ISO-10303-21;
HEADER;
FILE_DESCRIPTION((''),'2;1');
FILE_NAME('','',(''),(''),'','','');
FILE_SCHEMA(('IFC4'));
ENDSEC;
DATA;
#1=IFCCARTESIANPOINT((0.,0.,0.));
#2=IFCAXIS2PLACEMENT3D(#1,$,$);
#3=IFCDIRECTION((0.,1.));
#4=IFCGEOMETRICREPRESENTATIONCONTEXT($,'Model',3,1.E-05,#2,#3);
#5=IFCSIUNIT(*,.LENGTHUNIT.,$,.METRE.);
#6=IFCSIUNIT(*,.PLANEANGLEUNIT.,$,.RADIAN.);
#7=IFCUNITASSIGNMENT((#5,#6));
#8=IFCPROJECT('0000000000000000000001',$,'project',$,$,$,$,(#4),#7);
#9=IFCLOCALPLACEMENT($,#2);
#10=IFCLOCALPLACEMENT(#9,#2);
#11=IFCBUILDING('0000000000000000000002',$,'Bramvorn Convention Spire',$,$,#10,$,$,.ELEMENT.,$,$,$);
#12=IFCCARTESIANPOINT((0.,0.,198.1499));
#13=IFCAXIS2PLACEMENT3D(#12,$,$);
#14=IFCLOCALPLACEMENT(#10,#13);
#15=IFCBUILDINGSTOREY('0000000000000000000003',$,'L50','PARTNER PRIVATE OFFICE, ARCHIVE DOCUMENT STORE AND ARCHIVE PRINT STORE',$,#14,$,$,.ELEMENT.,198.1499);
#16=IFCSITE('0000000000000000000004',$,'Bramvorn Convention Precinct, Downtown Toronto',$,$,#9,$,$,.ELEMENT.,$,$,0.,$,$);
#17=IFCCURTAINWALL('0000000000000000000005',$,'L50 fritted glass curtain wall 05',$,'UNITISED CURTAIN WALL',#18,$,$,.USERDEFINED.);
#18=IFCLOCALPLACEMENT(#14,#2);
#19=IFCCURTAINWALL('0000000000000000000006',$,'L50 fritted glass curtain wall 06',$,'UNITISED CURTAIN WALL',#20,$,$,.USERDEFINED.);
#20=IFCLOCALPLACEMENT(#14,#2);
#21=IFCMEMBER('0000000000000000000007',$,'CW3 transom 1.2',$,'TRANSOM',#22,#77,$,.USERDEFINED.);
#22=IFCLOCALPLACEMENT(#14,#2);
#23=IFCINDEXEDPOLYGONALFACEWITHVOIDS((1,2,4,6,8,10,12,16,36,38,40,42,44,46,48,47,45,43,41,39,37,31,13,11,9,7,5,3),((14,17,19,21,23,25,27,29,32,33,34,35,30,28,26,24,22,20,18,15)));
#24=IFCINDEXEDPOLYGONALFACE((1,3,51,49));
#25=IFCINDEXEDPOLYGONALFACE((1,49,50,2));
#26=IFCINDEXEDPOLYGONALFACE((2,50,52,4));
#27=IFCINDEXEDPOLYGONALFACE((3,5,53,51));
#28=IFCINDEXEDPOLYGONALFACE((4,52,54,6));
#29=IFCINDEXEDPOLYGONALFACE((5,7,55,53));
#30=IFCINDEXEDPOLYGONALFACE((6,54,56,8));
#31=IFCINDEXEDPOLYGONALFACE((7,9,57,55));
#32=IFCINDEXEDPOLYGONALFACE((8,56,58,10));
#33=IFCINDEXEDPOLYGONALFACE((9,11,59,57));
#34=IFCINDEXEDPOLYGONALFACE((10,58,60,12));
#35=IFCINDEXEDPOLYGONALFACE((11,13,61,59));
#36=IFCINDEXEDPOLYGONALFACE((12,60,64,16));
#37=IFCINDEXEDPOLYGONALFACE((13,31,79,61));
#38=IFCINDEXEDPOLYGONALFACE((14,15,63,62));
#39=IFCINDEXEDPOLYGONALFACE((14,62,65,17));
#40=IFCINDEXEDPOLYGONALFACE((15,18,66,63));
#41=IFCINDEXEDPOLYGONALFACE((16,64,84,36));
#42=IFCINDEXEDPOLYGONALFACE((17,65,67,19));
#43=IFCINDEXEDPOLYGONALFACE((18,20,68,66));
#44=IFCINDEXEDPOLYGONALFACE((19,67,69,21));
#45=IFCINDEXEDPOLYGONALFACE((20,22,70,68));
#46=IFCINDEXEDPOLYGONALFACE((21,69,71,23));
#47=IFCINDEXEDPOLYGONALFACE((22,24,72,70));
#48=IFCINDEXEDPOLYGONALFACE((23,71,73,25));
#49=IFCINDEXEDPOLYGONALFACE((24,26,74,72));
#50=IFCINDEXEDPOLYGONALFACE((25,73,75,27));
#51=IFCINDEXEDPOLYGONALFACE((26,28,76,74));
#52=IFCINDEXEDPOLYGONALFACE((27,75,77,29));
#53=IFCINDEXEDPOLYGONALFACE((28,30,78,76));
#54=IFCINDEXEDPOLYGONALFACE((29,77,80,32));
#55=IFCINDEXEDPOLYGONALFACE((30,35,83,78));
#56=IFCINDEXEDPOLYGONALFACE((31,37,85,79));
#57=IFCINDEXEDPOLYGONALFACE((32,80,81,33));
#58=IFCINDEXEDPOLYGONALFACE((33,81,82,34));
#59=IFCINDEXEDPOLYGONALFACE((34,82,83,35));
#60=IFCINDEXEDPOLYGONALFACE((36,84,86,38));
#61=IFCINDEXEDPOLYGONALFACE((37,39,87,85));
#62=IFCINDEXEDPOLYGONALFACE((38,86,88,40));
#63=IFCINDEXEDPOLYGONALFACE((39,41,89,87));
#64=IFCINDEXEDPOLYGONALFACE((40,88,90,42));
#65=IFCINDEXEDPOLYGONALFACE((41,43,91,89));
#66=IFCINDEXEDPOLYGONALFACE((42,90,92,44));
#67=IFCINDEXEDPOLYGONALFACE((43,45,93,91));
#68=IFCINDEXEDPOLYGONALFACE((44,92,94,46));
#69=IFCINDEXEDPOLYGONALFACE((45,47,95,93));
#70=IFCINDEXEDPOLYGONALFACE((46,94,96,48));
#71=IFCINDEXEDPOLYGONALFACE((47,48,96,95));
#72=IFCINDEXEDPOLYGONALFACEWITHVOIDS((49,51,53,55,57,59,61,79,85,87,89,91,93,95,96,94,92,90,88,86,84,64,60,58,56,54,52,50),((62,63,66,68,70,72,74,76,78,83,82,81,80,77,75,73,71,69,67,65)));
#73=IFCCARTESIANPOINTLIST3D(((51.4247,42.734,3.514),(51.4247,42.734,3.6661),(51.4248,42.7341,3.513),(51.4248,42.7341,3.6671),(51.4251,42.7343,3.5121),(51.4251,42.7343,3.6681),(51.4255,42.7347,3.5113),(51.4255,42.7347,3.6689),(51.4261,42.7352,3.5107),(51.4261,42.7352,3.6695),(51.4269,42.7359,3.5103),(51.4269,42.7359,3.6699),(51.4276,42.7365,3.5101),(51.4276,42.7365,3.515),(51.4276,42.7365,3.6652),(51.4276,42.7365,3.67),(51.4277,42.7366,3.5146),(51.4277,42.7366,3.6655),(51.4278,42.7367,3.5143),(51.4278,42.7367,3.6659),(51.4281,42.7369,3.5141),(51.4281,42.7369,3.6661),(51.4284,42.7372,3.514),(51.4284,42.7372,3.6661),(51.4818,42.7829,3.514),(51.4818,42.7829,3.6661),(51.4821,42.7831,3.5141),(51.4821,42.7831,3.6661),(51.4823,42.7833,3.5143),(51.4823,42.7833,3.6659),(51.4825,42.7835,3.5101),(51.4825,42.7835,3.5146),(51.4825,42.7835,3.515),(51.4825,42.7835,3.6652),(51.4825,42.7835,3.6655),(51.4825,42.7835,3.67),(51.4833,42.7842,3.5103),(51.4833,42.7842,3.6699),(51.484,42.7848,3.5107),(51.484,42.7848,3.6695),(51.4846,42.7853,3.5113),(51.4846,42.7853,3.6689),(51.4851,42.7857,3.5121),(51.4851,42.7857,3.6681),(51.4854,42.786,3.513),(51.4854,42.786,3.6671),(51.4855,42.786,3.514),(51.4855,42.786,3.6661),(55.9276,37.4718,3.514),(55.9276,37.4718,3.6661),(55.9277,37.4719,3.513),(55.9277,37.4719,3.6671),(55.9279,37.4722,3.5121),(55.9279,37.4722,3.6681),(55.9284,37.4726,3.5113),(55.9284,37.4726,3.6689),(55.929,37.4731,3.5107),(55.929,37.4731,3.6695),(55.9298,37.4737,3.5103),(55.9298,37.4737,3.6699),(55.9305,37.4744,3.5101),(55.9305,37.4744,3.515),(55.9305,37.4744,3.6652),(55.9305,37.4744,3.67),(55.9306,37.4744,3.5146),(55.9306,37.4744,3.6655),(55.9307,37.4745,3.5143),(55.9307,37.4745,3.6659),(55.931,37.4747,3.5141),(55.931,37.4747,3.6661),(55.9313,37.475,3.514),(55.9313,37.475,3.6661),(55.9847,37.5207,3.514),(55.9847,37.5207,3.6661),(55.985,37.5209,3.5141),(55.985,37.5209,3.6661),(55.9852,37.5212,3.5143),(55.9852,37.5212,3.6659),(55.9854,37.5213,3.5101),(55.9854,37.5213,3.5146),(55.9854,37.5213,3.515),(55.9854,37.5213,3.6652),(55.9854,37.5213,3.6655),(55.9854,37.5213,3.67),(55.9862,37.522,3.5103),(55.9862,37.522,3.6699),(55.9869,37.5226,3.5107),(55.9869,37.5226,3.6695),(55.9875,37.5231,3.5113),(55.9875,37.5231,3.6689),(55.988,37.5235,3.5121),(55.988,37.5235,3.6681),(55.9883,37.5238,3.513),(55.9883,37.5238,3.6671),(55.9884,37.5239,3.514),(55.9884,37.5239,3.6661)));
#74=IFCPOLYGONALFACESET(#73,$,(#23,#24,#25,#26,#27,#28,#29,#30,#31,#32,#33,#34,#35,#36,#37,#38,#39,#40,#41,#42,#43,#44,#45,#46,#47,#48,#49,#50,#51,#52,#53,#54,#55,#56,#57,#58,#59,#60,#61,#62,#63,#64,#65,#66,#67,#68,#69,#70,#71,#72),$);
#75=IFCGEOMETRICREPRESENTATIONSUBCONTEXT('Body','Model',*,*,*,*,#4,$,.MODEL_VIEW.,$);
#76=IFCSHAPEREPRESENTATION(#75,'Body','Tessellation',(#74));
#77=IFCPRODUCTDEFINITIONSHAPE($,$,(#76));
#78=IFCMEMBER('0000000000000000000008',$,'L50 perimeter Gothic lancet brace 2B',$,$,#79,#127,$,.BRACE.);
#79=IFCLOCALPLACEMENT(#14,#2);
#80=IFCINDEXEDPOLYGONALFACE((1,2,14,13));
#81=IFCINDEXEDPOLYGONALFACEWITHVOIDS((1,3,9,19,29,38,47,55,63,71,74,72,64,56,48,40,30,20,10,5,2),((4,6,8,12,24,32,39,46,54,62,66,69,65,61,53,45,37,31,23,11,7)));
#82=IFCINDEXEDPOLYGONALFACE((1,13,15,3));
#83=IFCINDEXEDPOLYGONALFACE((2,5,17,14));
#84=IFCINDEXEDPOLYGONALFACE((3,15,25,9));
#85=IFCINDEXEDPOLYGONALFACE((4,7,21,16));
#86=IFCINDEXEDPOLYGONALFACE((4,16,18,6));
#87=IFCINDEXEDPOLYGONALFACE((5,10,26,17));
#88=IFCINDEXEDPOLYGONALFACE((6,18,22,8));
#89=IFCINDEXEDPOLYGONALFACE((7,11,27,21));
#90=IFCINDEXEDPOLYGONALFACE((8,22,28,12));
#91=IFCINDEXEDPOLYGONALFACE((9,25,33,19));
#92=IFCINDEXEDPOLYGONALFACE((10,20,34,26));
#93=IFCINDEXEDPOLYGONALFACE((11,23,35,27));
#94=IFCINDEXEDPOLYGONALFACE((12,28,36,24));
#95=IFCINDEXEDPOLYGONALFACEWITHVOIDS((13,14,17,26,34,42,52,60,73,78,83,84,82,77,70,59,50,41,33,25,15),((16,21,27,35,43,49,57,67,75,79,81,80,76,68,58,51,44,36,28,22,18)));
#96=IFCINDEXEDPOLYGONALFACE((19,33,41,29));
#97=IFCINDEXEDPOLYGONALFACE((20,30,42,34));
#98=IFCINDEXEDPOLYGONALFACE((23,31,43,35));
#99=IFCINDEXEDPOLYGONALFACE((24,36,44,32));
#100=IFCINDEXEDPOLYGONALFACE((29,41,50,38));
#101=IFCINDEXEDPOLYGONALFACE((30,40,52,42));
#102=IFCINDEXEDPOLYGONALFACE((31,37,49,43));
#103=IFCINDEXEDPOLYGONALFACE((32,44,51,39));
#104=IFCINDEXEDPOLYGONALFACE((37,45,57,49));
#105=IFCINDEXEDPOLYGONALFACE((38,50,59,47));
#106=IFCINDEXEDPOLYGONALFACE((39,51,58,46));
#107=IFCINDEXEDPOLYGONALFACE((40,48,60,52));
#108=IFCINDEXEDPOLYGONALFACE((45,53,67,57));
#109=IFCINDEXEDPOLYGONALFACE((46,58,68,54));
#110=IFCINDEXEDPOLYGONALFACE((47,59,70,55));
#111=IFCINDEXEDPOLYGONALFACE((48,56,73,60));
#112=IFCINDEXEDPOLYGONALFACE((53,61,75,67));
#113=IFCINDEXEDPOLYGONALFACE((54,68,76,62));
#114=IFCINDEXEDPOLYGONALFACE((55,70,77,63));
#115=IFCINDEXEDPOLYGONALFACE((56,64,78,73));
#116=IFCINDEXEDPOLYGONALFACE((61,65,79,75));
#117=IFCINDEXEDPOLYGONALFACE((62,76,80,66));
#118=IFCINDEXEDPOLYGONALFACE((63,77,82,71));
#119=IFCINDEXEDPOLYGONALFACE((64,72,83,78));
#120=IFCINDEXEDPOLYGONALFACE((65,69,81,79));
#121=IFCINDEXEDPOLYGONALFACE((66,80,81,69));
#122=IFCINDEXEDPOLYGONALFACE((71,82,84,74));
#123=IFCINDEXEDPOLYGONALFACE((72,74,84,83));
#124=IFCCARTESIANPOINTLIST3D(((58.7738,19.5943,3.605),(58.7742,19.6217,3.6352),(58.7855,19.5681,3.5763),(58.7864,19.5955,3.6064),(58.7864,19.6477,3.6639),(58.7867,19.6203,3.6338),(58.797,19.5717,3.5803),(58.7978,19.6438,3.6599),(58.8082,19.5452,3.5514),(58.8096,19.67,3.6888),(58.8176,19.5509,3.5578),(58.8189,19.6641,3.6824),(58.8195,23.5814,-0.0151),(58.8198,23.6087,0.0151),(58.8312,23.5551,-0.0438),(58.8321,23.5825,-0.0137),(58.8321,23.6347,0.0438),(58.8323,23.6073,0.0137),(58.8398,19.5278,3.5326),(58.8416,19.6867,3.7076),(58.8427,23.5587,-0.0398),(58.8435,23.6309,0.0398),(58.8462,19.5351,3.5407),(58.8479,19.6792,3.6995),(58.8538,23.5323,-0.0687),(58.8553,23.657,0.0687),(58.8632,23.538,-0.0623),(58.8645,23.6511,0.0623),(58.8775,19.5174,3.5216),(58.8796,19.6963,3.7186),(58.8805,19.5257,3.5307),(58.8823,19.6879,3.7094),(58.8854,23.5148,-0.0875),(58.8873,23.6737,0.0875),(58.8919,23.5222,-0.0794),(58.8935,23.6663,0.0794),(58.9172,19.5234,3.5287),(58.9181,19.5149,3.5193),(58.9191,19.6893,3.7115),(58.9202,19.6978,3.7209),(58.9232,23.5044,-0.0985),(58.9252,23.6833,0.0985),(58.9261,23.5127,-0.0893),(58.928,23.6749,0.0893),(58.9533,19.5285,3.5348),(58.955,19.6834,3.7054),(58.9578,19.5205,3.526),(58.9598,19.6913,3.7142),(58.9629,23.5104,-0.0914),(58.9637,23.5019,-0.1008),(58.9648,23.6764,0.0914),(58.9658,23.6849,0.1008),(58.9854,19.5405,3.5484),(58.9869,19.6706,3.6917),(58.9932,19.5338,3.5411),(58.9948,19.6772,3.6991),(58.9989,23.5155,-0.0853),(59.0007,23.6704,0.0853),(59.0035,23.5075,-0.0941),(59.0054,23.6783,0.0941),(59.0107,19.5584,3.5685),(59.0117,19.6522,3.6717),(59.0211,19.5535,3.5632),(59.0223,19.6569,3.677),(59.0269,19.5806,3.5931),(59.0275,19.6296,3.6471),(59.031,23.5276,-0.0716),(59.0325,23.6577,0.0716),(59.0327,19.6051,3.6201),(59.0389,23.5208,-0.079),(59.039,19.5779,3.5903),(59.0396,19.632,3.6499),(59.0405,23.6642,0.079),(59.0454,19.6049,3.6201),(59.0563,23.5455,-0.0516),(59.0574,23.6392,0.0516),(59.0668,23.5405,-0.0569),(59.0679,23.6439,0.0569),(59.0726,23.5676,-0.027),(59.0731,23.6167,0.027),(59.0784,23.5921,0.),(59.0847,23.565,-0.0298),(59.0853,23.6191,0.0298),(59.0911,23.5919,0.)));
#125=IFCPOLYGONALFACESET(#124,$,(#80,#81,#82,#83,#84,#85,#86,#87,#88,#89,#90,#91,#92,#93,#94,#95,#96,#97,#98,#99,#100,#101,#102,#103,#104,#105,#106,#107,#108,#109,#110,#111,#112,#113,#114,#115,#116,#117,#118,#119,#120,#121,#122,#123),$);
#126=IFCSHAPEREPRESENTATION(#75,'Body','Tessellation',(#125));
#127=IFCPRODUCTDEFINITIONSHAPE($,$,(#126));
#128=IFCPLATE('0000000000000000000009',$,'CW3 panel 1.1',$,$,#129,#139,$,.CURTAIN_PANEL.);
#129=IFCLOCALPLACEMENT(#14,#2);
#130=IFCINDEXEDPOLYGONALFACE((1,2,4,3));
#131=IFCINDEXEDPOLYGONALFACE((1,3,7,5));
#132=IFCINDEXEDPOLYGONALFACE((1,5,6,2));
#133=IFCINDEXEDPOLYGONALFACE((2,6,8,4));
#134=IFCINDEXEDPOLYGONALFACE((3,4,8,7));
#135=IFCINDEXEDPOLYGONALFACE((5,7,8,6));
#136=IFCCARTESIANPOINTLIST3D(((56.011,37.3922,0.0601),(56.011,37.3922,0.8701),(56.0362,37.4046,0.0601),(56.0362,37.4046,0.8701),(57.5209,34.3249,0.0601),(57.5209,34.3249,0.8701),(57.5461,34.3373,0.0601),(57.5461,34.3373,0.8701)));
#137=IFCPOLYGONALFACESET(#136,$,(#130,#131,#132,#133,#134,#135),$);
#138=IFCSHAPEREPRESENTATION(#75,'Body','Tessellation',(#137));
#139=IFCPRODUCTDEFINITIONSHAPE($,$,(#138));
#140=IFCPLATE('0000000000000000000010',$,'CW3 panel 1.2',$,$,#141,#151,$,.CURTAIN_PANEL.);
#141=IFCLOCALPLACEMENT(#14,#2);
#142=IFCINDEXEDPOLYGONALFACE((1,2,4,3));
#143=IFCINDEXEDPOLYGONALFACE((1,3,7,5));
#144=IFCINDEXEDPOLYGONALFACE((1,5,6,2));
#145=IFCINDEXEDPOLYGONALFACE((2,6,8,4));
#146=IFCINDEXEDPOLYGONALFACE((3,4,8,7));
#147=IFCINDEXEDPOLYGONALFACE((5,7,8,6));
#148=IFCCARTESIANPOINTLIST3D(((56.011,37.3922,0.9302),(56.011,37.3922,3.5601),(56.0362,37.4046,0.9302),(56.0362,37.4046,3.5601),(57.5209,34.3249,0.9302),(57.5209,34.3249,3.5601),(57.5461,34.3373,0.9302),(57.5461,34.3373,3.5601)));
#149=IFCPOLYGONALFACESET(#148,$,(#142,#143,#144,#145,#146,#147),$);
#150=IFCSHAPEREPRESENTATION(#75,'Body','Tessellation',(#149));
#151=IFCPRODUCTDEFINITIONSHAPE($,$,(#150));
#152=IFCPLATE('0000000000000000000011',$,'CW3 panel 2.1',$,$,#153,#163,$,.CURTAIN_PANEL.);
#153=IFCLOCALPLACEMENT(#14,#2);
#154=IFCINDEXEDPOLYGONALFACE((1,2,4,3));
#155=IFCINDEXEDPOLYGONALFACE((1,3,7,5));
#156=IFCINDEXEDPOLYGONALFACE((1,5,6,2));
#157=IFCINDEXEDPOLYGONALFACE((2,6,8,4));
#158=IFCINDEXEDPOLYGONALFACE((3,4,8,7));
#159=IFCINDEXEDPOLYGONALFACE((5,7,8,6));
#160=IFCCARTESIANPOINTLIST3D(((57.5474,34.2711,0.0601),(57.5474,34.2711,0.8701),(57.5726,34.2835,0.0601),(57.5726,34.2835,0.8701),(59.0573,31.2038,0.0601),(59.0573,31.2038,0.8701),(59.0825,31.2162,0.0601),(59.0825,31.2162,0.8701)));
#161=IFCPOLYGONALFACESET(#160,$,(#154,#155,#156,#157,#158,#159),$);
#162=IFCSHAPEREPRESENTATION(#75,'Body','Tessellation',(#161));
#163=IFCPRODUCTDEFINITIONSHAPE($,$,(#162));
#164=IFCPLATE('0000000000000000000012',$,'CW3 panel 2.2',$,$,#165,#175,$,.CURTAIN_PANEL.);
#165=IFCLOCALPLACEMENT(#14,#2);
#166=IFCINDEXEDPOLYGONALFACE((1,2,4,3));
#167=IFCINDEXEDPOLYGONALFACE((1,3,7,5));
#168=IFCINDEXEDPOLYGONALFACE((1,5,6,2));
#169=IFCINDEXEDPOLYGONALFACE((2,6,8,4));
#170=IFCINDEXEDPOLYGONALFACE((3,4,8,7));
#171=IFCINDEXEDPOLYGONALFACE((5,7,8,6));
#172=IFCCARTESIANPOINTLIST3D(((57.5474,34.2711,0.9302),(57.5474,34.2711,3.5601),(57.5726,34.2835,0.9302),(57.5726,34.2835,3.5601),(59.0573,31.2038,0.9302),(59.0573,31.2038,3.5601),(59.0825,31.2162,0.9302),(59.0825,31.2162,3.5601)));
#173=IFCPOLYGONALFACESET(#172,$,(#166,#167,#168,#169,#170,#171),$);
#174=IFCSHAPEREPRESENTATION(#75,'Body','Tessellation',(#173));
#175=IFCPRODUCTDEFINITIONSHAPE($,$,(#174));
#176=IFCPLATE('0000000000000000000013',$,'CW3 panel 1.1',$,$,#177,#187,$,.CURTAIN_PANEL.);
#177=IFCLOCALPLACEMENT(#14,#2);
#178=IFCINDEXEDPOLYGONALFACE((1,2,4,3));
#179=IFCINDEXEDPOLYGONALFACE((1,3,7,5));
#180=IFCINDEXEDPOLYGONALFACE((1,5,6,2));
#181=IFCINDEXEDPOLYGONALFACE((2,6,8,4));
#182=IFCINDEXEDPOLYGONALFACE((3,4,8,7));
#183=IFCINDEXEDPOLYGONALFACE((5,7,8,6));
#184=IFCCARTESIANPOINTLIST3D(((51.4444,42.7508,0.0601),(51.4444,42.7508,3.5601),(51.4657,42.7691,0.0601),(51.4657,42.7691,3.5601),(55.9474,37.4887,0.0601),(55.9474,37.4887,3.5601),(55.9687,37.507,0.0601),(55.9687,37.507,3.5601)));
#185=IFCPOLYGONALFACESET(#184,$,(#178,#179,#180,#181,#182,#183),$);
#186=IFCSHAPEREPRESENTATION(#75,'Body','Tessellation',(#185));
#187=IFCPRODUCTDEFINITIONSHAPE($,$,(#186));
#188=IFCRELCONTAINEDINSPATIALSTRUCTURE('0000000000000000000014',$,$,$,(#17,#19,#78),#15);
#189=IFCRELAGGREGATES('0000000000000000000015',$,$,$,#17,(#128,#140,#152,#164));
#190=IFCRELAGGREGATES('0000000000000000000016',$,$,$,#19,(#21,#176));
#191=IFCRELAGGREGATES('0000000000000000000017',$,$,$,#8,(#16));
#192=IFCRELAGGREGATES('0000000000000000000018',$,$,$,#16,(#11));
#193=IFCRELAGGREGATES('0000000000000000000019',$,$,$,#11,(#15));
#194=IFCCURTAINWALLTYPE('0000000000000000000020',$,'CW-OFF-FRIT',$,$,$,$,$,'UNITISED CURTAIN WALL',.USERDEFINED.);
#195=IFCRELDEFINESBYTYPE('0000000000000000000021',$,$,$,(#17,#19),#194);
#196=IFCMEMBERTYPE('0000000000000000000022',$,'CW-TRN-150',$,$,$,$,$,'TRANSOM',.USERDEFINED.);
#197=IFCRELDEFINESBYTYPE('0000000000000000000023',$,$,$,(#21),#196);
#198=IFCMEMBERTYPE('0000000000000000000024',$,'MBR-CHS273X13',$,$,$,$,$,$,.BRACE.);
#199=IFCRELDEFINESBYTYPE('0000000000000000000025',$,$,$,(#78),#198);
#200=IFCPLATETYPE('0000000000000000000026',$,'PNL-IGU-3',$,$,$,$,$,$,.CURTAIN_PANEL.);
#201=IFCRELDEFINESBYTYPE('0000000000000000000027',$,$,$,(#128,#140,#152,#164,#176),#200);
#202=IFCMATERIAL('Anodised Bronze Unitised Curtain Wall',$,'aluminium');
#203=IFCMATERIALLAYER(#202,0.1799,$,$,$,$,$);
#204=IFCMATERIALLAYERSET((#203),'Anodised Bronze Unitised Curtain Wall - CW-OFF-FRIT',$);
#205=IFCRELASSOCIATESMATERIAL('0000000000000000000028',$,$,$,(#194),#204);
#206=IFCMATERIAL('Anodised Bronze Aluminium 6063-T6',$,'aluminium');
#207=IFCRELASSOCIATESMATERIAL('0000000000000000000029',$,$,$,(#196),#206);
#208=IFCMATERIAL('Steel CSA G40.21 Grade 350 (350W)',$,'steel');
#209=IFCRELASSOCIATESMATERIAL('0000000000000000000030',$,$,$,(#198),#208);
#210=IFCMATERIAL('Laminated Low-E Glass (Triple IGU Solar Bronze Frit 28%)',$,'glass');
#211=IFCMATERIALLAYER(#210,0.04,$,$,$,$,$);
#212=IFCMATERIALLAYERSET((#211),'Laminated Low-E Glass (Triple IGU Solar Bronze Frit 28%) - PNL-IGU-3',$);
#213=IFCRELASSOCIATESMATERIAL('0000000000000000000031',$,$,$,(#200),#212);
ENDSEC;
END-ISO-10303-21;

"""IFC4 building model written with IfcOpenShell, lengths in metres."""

from ifc_helpers import new_model, si_unit, direction, frame, origin, origin_2d, place, context, subcontext, project, spatial, rectangle, hollow_rectangle, hollow_circle, extrude, material, layer, layer_set, material_profile, profile_set, type_object, element, aggregate, save


model = new_model("IFC4")

# Units and contexts
model_context = context("Model", 3, precision=1e-05, world=origin(), true_north=direction((0.0, 1.0)))
body_context = subcontext(model_context, "Body", "Model", "MODEL_VIEW")
ifc_project = project(units=[si_unit("LENGTHUNIT", "METRE"), si_unit("PLANEANGLEUNIT", "RADIAN")], contexts=[model_context])

# Site, building, storey
site_placement = place(None, origin())
site = spatial("IfcSite", under=ifc_project, at=site_placement, Name="Bramvorn Convention Precinct, Downtown Toronto", CompositionType="ELEMENT", RefElevation=0.0)
building_placement = place(site_placement, origin())
building = spatial("IfcBuilding", under=site, at=building_placement, Name="Bramvorn Convention Spire", CompositionType="ELEMENT")
storey_placement = place(building_placement, frame((0.0, 0.0, 198.1499)))
storey = spatial("IfcBuildingStorey", under=building, at=storey_placement, Name="L50", Description="PARTNER PRIVATE OFFICE, ARCHIVE DOCUMENT STORE AND ARCHIVE PRINT STORE", CompositionType="ELEMENT", Elevation=198.1499)

# Shared definitions
ifc_material_1 = material(Name="Steel CSA G40.21 Grade 350 (350W)", Category="steel")

# Curtain walls
ifc_material_2 = material(Name="Anodised Bronze Unitised Curtain Wall", Category="aluminium")
ifc_layer_1 = layer(ifc_material_2, 0.1799)
ifc_layer_set_1 = layer_set([ifc_layer_1], Name="Anodised Bronze Unitised Curtain Wall - CW-OFF-FRIT")
curtain_wall_type = type_object("IfcCurtainWallType", Name="CW-OFF-FRIT", ElementType="UNITISED CURTAIN WALL", PredefinedType="USERDEFINED", material=ifc_layer_set_1)
curtain_wall_1_placement = place(storey_placement, origin())
curtain_wall_1 = element("IfcCurtainWall", 1, at=curtain_wall_1_placement, inside=storey, type_object=curtain_wall_type, Name="L50 fritted glass curtain wall 05", ObjectType="UNITISED CURTAIN WALL", PredefinedType="USERDEFINED")
ifc_material_3 = material(Name="Anodised Bronze Aluminium 6063-T6", Category="aluminium")
curtain_wall_2_placement = place(storey_placement, origin())
curtain_wall_2 = element("IfcCurtainWall", 2, at=curtain_wall_2_placement, inside=storey, type_object=curtain_wall_type, Name="L50 fritted glass curtain wall 06", ObjectType="UNITISED CURTAIN WALL", PredefinedType="USERDEFINED")

# Members
ifc_material_profile_1 = material_profile(ifc_material_3, hollow_rectangle(XDim=0.0801, YDim=0.1599, WallThickness=0.0039, InnerFilletRadius=0.001, OuterFilletRadius=0.0039, at=origin_2d()))
ifc_profile_set_1 = profile_set([ifc_material_profile_1], Name="Anodised Bronze Aluminium 6063-T6 - CWT80X160")
member_type_1 = type_object("IfcMemberType", Name="CW-TRN-150", ElementType="TRANSOM", PredefinedType="USERDEFINED", material=ifc_profile_set_1)
member_1_placement = place(storey_placement, frame((51.4551, 42.76, 3.5901), z_axis=(0.650164, -0.759794, 0.0), x_axis=(0.759794, 0.650164, 0.0)))
member_1 = element("IfcMember", 3, at=member_1_placement, type_object=member_type_1, Name="CW3 transom 1.2", ObjectType="TRANSOM", PredefinedType="USERDEFINED", context=body_context, shape_type="SweptSolid", body=[
    extrude(hollow_rectangle(XDim=0.0801, YDim=0.1599, WallThickness=0.0039, InnerFilletRadius=0.001, OuterFilletRadius=0.0039, at=origin_2d()), origin(), (0.0, 0.0, 1.0), 6.9258),
])
ifc_material_profile_2 = material_profile(ifc_material_1, hollow_circle(Radius=0.1365, WallThickness=0.0127, at=origin_2d()))
ifc_profile_set_2 = profile_set([ifc_material_profile_2], Name="Steel CSA G40.21 Grade 350 (350W) - CHS273X13")
member_type_2 = type_object("IfcMemberType", Name="MBR-CHS273X13", PredefinedType="BRACE", material=ifc_profile_set_2)
member_2_placement = place(storey_placement, frame((58.9546, 23.5935, 0.0), z_axis=(-0.008477, -0.740328, 0.672193), x_axis=(0.999934, -0.01145, 0.0)))
element("IfcMember", 4, at=member_2_placement, inside=storey, type_object=member_type_2, Name="L50 perimeter Gothic lancet brace 2B", PredefinedType="BRACE", context=body_context, shape_type="SweptSolid", body=[
    extrude(hollow_circle(Radius=0.1365, WallThickness=0.0127, at=origin_2d()), origin(), (0.0, 0.0, 1.0), 5.3855),
])

# Plates
ifc_material_4 = material(Name="Laminated Low-E Glass (Triple IGU Solar Bronze Frit 28%)", Category="glass")
ifc_layer_2 = layer(ifc_material_4, 0.04)
ifc_layer_set_2 = layer_set([ifc_layer_2], Name="Laminated Low-E Glass (Triple IGU Solar Bronze Frit 28%) - PNL-IGU-3")
plate_type = type_object("IfcPlateType", Name="PNL-IGU-3", PredefinedType="CURTAIN_PANEL", material=ifc_layer_set_2)
plate_1_placement = place(storey_placement, frame((56.7786, 35.8647, 0.0601), z_axis=(0.0, 0.0, 1.0), x_axis=(0.441647, -0.897189, 0.0)))
plate_1 = element("IfcPlate", 5, at=plate_1_placement, type_object=plate_type, Name="CW3 panel 1.1", PredefinedType="CURTAIN_PANEL", context=body_context, shape_type="SweptSolid", body=[
    extrude(rectangle(XDim=3.4187, YDim=0.0281, at=origin_2d()), origin(), (0.0, 0.0, 1.0), 0.8101),
])
plate_2_placement = place(storey_placement, frame((56.7786, 35.8647, 0.9302), z_axis=(0.0, 0.0, 1.0), x_axis=(0.441647, -0.897189, 0.0)))
plate_2 = element("IfcPlate", 6, at=plate_2_placement, type_object=plate_type, Name="CW3 panel 1.2", PredefinedType="CURTAIN_PANEL", context=body_context, shape_type="SweptSolid", body=[
    extrude(rectangle(XDim=3.4187, YDim=0.0281, at=origin_2d()), origin(), (0.0, 0.0, 1.0), 2.6299),
])
plate_3_placement = place(storey_placement, frame((58.3149, 32.7437, 0.0601), z_axis=(0.0, 0.0, 1.0), x_axis=(0.441647, -0.897189, 0.0)))
plate_3 = element("IfcPlate", 7, at=plate_3_placement, type_object=plate_type, Name="CW3 panel 2.1", PredefinedType="CURTAIN_PANEL", context=body_context, shape_type="SweptSolid", body=[
    extrude(rectangle(XDim=3.4187, YDim=0.0281, at=origin_2d()), origin(), (0.0, 0.0, 1.0), 0.8101),
])
plate_4_placement = place(storey_placement, frame((58.3149, 32.7437, 0.9302), z_axis=(0.0, 0.0, 1.0), x_axis=(0.441647, -0.897189, 0.0)))
plate_4 = element("IfcPlate", 8, at=plate_4_placement, type_object=plate_type, Name="CW3 panel 2.2", PredefinedType="CURTAIN_PANEL", context=body_context, shape_type="SweptSolid", body=[
    extrude(rectangle(XDim=3.4187, YDim=0.0281, at=origin_2d()), origin(), (0.0, 0.0, 1.0), 2.6299),
])
aggregate(curtain_wall_1, [plate_1, plate_2, plate_3, plate_4])
plate_5_placement = place(storey_placement, frame((53.7065, 40.1289, 0.0601), z_axis=(0.0, 0.0, 1.0), x_axis=(0.650173, -0.759786, 0.0)))
plate_5 = element("IfcPlate", 9, at=plate_5_placement, type_object=plate_type, Name="CW3 panel 1.1", PredefinedType="CURTAIN_PANEL", context=body_context, shape_type="SweptSolid", body=[
    extrude(rectangle(XDim=6.9258, YDim=0.0281, at=origin_2d()), origin(), (0.0, 0.0, 1.0), 3.5),
])
aggregate(curtain_wall_2, [member_1, plate_5])

save(model, "model.ifc")
